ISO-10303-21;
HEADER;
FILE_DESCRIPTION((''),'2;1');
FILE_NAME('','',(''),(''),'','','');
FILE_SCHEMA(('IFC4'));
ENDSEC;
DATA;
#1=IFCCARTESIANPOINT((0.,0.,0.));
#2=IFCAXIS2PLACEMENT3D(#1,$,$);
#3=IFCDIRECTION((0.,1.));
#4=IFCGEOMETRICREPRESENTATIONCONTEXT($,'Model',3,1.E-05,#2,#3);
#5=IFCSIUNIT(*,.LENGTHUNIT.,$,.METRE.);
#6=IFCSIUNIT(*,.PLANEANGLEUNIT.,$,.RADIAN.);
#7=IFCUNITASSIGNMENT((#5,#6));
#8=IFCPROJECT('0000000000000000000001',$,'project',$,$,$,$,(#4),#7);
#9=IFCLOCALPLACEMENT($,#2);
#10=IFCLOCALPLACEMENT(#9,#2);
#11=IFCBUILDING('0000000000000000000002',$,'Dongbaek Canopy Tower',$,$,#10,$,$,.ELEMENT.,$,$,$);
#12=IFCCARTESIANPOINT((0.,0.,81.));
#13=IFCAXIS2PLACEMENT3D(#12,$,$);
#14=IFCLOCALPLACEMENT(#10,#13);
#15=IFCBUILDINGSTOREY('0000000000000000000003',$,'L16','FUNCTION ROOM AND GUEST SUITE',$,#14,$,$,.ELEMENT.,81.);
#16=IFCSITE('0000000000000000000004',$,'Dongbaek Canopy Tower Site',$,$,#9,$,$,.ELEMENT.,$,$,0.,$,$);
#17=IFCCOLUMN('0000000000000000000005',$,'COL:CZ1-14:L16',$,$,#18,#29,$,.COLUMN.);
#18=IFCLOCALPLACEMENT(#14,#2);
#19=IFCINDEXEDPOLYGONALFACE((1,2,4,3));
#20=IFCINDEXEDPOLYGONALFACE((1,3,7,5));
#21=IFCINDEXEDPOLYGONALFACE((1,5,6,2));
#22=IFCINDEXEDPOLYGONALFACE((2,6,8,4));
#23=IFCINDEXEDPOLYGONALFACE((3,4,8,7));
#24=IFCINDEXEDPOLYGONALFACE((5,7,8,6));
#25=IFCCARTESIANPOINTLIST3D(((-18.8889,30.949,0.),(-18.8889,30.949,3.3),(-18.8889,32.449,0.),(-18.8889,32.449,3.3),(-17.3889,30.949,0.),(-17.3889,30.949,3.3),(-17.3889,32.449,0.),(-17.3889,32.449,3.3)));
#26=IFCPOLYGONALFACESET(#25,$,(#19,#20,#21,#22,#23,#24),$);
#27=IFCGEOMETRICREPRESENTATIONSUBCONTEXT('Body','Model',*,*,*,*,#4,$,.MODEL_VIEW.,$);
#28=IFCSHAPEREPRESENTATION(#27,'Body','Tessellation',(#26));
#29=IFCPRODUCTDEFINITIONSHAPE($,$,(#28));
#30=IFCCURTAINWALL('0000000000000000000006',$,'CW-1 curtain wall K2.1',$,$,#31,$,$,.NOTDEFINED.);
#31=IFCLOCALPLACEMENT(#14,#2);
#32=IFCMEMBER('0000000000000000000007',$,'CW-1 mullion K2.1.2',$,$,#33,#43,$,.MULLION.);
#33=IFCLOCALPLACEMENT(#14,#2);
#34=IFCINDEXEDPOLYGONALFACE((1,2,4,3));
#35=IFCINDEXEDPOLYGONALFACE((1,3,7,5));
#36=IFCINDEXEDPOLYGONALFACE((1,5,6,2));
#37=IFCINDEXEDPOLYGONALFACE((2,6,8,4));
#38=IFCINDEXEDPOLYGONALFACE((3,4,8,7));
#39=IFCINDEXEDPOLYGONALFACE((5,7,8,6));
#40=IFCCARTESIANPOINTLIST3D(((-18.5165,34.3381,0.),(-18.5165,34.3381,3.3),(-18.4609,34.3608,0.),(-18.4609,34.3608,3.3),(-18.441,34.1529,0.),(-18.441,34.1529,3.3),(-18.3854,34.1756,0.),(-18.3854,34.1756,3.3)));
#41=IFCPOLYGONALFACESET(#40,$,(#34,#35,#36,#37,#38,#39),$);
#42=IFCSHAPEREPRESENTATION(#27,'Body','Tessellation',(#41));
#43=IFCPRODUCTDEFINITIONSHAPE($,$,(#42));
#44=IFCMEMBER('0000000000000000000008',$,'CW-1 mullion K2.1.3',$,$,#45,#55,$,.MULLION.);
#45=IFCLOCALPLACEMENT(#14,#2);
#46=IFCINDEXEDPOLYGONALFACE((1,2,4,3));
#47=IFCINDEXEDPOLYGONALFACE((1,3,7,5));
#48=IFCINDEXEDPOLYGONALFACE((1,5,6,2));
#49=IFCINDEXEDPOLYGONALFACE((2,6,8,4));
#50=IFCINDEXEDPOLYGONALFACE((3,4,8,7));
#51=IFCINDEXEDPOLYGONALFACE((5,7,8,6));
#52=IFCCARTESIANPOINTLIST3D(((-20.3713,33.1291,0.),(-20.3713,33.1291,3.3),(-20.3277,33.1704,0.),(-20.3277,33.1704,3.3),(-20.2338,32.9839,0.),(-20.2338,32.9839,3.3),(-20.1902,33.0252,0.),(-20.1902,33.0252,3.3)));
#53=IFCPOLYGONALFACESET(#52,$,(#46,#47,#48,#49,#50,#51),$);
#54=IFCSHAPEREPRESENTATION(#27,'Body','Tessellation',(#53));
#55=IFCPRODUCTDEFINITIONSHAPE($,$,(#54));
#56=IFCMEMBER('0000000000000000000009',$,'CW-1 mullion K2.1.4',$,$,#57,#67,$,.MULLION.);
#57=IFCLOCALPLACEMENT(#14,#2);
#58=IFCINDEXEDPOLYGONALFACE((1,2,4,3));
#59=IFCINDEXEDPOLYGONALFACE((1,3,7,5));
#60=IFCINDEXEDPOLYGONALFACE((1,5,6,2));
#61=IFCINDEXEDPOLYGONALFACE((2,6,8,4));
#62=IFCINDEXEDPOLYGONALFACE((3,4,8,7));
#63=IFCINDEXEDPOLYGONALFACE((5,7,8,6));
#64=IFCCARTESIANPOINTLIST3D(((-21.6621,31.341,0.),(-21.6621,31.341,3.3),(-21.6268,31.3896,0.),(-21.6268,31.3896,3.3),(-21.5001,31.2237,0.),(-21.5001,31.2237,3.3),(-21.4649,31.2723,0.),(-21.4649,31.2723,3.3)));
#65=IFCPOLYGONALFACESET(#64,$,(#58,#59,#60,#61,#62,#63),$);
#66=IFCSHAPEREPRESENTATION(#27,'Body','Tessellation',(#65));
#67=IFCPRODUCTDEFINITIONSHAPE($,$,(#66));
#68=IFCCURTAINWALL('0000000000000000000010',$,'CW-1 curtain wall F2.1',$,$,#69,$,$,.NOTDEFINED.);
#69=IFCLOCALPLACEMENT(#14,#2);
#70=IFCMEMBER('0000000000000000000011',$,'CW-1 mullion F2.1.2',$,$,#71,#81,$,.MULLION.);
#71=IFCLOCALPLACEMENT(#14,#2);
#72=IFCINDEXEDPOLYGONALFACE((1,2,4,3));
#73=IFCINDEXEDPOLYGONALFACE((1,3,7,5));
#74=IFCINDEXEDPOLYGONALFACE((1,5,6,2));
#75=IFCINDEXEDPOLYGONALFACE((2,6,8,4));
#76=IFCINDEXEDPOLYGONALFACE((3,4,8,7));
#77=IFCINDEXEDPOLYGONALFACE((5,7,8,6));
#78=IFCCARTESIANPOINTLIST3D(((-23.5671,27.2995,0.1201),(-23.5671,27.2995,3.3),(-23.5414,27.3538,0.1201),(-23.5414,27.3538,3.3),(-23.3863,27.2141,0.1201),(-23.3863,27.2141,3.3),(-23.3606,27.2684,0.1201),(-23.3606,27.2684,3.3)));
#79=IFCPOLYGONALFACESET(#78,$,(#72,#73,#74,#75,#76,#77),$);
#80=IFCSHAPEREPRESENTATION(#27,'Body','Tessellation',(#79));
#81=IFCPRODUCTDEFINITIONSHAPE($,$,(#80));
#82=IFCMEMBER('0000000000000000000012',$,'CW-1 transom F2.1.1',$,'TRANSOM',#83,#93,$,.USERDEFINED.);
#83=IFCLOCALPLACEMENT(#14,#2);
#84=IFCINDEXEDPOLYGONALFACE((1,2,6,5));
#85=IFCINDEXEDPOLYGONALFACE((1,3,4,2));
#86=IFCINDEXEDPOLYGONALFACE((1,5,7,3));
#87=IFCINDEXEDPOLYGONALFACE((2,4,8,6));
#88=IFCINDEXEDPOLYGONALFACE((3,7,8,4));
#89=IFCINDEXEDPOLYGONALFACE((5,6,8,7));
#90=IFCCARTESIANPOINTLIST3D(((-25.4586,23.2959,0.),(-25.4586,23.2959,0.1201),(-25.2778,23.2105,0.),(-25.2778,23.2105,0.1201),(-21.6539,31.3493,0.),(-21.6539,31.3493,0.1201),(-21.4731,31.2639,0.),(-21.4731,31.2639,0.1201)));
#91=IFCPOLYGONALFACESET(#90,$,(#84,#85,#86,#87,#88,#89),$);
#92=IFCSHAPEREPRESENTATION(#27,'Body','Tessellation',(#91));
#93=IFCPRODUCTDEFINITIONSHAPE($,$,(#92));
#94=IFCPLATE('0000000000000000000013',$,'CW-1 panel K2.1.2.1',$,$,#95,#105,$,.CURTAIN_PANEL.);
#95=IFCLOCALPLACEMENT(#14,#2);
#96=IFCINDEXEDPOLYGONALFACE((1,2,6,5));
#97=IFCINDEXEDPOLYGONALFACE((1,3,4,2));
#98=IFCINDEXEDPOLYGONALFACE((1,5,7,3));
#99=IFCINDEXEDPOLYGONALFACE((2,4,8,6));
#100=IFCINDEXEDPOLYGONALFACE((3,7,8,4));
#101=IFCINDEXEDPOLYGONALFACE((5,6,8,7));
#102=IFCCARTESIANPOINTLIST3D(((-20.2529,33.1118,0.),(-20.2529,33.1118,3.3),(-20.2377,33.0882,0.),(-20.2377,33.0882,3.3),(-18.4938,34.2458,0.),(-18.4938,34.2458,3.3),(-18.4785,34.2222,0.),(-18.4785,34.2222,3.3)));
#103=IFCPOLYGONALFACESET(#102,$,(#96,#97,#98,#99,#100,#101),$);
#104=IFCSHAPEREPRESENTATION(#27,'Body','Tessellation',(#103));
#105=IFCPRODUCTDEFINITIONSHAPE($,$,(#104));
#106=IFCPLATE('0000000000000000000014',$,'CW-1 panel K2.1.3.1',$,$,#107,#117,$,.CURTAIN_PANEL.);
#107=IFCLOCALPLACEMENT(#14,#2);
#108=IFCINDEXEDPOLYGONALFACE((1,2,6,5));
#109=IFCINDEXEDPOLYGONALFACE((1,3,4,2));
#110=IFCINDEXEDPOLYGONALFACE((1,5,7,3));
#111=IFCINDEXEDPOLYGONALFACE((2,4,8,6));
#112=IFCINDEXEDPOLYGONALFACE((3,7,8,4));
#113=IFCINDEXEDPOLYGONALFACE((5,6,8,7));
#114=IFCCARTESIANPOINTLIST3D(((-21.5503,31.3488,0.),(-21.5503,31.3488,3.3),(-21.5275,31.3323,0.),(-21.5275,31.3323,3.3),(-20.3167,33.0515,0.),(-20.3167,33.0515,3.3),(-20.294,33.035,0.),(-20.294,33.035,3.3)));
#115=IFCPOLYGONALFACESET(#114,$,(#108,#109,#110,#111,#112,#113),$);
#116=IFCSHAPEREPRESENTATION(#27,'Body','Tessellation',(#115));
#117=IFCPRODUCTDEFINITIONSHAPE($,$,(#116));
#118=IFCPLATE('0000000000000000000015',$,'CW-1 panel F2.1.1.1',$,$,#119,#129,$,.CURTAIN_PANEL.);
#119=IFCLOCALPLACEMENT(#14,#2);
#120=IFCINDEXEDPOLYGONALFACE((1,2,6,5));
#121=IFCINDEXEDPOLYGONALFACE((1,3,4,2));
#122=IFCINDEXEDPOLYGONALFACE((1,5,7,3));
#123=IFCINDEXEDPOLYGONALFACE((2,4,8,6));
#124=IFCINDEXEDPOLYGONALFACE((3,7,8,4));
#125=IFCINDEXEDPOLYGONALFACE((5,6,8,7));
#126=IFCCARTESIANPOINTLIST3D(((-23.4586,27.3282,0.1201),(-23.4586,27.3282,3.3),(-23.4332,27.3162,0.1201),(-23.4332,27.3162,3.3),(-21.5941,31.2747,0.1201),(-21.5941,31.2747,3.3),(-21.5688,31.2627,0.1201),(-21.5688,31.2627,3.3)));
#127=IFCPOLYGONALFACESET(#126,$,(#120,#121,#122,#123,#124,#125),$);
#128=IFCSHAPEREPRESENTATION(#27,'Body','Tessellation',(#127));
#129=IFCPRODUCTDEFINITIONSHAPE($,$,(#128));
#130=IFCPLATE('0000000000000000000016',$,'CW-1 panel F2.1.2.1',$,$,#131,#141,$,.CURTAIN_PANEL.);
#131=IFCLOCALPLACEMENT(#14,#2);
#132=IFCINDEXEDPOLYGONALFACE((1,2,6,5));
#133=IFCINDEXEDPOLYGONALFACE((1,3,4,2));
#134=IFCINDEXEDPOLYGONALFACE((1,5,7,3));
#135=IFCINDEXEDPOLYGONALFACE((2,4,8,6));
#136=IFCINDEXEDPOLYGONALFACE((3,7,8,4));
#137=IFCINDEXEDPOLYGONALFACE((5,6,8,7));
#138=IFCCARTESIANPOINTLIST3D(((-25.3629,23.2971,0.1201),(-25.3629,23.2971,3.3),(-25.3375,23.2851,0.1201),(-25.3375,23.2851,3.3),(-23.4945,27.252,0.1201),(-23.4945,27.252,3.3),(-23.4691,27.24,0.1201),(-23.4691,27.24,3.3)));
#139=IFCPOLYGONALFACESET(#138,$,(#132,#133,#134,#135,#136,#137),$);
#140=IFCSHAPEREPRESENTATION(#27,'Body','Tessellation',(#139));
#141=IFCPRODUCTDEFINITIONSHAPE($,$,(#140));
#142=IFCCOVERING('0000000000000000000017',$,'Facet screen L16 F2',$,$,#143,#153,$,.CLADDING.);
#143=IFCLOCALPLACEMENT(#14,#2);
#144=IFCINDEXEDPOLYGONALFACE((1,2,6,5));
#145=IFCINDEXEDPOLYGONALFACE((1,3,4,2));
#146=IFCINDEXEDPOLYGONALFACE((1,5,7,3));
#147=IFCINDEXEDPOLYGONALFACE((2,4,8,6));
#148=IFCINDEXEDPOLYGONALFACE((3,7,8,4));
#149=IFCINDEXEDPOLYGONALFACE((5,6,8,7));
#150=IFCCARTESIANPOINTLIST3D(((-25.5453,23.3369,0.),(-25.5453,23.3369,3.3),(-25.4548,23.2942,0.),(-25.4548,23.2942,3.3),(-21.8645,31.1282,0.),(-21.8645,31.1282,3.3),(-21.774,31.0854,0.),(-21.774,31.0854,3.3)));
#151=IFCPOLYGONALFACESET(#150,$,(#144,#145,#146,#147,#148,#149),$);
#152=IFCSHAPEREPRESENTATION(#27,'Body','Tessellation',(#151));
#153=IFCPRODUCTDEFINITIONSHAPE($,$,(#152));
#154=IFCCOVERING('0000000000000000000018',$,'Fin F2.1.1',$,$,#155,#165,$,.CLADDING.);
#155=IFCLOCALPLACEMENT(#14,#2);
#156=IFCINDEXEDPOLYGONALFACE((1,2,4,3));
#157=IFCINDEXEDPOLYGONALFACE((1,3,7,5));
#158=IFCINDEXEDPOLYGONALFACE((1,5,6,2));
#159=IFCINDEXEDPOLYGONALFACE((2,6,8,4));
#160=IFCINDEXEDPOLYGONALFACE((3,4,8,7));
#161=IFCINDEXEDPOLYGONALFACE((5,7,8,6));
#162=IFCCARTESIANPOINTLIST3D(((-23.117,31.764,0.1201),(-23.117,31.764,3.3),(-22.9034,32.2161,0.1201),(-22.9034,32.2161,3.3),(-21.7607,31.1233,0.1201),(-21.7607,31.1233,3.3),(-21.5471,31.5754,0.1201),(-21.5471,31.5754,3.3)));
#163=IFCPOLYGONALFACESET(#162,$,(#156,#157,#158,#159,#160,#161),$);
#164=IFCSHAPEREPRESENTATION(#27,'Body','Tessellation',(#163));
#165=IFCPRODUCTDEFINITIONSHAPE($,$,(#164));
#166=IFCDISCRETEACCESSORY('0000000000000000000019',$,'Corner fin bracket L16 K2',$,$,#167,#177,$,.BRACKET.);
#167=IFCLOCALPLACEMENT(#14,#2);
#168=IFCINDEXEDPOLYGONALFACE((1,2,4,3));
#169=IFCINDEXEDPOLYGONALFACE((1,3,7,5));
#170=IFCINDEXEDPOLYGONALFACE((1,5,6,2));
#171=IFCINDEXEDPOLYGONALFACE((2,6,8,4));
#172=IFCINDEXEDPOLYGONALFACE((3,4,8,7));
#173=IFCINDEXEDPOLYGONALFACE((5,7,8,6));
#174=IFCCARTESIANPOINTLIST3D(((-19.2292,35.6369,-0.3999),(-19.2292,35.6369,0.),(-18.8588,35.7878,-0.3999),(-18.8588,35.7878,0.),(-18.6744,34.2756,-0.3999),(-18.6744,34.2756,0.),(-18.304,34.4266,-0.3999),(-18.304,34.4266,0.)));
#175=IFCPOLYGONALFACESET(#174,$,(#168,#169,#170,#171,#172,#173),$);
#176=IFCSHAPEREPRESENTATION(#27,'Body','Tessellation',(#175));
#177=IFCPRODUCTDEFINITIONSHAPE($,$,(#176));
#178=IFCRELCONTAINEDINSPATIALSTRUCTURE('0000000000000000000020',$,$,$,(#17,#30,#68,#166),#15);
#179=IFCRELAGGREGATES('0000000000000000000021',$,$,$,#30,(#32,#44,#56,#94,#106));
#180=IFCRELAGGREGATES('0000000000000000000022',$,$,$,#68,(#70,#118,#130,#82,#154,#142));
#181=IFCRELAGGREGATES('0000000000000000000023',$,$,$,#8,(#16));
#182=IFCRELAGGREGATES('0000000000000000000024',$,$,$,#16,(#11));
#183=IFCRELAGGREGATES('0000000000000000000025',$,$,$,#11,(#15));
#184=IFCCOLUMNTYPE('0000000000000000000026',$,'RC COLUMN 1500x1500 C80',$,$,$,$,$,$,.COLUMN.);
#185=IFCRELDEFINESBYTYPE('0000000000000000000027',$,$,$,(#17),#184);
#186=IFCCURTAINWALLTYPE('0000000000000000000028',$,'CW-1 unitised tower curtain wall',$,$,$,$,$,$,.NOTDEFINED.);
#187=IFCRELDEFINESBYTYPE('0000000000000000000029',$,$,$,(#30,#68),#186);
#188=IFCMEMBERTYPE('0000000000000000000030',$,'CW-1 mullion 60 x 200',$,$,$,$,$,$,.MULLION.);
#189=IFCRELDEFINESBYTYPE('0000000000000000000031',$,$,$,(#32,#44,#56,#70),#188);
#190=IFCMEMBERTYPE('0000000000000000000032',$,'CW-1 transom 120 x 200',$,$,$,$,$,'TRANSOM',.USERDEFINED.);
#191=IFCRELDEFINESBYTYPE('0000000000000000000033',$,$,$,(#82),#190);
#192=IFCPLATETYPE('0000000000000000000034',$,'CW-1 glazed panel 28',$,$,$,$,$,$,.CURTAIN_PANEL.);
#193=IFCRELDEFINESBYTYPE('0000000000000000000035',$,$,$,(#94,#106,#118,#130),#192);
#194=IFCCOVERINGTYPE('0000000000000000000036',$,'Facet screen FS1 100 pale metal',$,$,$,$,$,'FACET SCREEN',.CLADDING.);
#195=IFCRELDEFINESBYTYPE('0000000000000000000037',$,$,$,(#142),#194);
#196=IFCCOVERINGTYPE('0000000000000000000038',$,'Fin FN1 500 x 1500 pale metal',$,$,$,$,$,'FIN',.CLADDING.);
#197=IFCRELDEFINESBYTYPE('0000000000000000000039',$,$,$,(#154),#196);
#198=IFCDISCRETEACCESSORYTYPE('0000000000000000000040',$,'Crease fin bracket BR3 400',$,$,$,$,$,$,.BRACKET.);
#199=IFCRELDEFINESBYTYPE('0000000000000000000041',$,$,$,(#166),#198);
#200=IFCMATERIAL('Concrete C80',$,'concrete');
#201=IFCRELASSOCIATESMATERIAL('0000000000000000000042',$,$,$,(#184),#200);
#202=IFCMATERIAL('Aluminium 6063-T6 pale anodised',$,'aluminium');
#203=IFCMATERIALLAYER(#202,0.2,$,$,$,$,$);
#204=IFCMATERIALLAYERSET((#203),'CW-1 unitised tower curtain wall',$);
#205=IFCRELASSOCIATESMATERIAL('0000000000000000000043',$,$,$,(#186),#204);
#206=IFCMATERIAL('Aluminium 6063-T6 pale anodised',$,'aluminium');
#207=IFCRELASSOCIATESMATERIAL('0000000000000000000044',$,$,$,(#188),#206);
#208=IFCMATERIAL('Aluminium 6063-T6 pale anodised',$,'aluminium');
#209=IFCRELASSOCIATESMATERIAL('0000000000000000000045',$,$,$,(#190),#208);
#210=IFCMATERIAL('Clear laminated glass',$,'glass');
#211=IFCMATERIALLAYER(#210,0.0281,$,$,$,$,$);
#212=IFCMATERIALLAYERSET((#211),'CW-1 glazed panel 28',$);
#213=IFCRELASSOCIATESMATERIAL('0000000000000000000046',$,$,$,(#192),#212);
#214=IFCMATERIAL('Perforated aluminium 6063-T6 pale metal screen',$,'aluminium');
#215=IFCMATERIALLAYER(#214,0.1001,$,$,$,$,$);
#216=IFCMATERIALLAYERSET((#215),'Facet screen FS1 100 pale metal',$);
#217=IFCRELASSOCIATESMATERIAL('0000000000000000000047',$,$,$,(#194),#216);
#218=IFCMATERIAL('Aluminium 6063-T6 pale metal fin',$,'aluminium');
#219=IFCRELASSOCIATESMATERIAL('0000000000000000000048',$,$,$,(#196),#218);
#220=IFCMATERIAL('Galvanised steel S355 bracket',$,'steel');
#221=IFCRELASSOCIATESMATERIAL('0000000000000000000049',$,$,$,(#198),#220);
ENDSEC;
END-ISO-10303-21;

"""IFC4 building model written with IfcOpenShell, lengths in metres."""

from ifc_helpers import new_model, si_unit, direction, frame, origin, origin_2d, place, context, subcontext, project, spatial, rectangle, extrude, material, layer, layer_set, material_profile, profile_set, type_object, element, aggregate, save


model = new_model("IFC4")

# Units and contexts
model_context = context("Model", 3, precision=1e-05, world=origin(), true_north=direction((0.0, 1.0)))
body_context = subcontext(model_context, "Body", "Model", "MODEL_VIEW")
ifc_project = project(units=[si_unit("LENGTHUNIT", "METRE"), si_unit("PLANEANGLEUNIT", "RADIAN")], contexts=[model_context])

# Site, building, storey
site_placement = place(None, origin())
site = spatial("IfcSite", under=ifc_project, at=site_placement, Name="Dongbaek Canopy Tower Site", CompositionType="ELEMENT", RefElevation=0.0)
building_placement = place(site_placement, origin())
building = spatial("IfcBuilding", under=site, at=building_placement, Name="Dongbaek Canopy Tower", CompositionType="ELEMENT")
storey_placement = place(building_placement, frame((0.0, 0.0, 81.0)))
storey = spatial("IfcBuildingStorey", under=building, at=storey_placement, Name="L16", Description="FUNCTION ROOM AND GUEST SUITE", CompositionType="ELEMENT", Elevation=81.0)

# Column
ifc_material_1 = material(Name="Concrete C80", Category="concrete")
ifc_material_profile_1 = material_profile(ifc_material_1, rectangle(XDim=1.5, YDim=1.5, at=origin_2d()), Name="RC COLUMN 1500x1500 C80")
ifc_profile_set_1 = profile_set([ifc_material_profile_1], Name="Concrete C80")
column_type = type_object("IfcColumnType", Name="RC COLUMN 1500x1500 C80", PredefinedType="COLUMN", material=ifc_profile_set_1)
column_placement = place(storey_placement, frame((-18.1389, 31.699, 0.0), z_axis=(0.0, 0.0, 1.0), x_axis=(1.0, 0.0, 0.0)))
element("IfcColumn", 1, at=column_placement, inside=storey, type_object=column_type, Name="COL:CZ1-14:L16", PredefinedType="COLUMN", context=body_context, shape_type="SweptSolid", body=[
    extrude(rectangle(XDim=1.5, YDim=1.5, at=origin_2d()), origin(), (0.0, 0.0, 1.0), 3.3),
])

# Curtain walls, members
ifc_material_2 = material(Name="Aluminium 6063-T6 pale anodised", Category="aluminium")
ifc_layer_1 = layer(ifc_material_2, 0.2)
ifc_layer_set_1 = layer_set([ifc_layer_1], Name="CW-1 unitised tower curtain wall")
curtain_wall_type = type_object("IfcCurtainWallType", Name="CW-1 unitised tower curtain wall", PredefinedType="NOTDEFINED", material=ifc_layer_set_1)
curtain_wall_1_placement = place(storey_placement, origin())
curtain_wall_1 = element("IfcCurtainWall", 2, at=curtain_wall_1_placement, inside=storey, type_object=curtain_wall_type, Name="CW-1 curtain wall K2.1", PredefinedType="NOTDEFINED")
ifc_material_3 = material(Name="Aluminium 6063-T6 pale anodised", Category="aluminium")
ifc_material_profile_2 = material_profile(ifc_material_3, rectangle(XDim=0.2, YDim=0.0601, at=origin_2d()), Name="CW-1 mullion 60 x 200")
ifc_profile_set_2 = profile_set([ifc_material_profile_2], Name="Aluminium 6063-T6 pale anodised")
member_type_1 = type_object("IfcMemberType", Name="CW-1 mullion 60 x 200", PredefinedType="MULLION", material=ifc_profile_set_2)
member_1_placement = place(storey_placement, frame((-18.4509, 34.2568, 0.0), z_axis=(0.0, 0.0, 1.0), x_axis=(-0.377412, 0.926045, 0.0)))
member_1 = element("IfcMember", 3, at=member_1_placement, type_object=member_type_1, Name="CW-1 mullion K2.1.2", PredefinedType="MULLION", context=body_context, shape_type="SweptSolid", body=[
    extrude(rectangle(XDim=0.2, YDim=0.0601, at=origin_2d()), origin(), (0.0, 0.0, 1.0), 3.3),
])
member_2_placement = place(storey_placement, frame((-20.2808, 33.0771, 0.0), z_axis=(0.0, 0.0, 1.0), x_axis=(-0.687634, 0.726058, 0.0)))
member_2 = element("IfcMember", 4, at=member_2_placement, type_object=member_type_1, Name="CW-1 mullion K2.1.3", PredefinedType="MULLION", context=body_context, shape_type="SweptSolid", body=[
    extrude(rectangle(XDim=0.2, YDim=0.0601, at=origin_2d()), origin(), (0.0, 0.0, 1.0), 3.3),
])
member_3_placement = place(storey_placement, frame((-21.5635, 31.3066, 0.0), z_axis=(0.0, 0.0, 1.0), x_axis=(-0.809815, 0.586685, 0.0)))
member_3 = element("IfcMember", 5, at=member_3_placement, type_object=member_type_1, Name="CW-1 mullion K2.1.4", PredefinedType="MULLION", context=body_context, shape_type="SweptSolid", body=[
    extrude(rectangle(XDim=0.2, YDim=0.0601, at=origin_2d()), origin(), (0.0, 0.0, 1.0), 3.3),
])
curtain_wall_2_placement = place(storey_placement, origin())
curtain_wall_2 = element("IfcCurtainWall", 6, at=curtain_wall_2_placement, inside=storey, type_object=curtain_wall_type, Name="CW-1 curtain wall F2.1", PredefinedType="NOTDEFINED")
member_4_placement = place(storey_placement, frame((-23.4639, 27.2839, 0.1201), z_axis=(0.0, 0.0, 1.0), x_axis=(-0.904177, 0.427157, 0.0)))
member_4 = element("IfcMember", 7, at=member_4_placement, type_object=member_type_1, Name="CW-1 mullion F2.1.2", PredefinedType="MULLION", context=body_context, shape_type="SweptSolid", body=[
    extrude(rectangle(XDim=0.2, YDim=0.0601, at=origin_2d()), origin(), (0.0, 0.0, 1.0), 3.1799),
])
ifc_material_4 = material(Name="Aluminium 6063-T6 pale anodised", Category="aluminium")
ifc_material_profile_3 = material_profile(ifc_material_4, rectangle(XDim=0.2, YDim=0.1201, at=origin_2d()), Name="CW-1 transom 120 x 200")
ifc_profile_set_3 = profile_set([ifc_material_profile_3], Name="Aluminium 6063-T6 pale anodised")
member_type_2 = type_object("IfcMemberType", Name="CW-1 transom 120 x 200", ElementType="TRANSOM", PredefinedType="USERDEFINED", material=ifc_profile_set_3)
member_5_placement = place(storey_placement, frame((-21.5635, 31.3066, 0.0601), z_axis=(-0.427159, -0.904177, 0.0), x_axis=(0.904177, -0.427159, 0.0)))
member_5 = element("IfcMember", 8, at=member_5_placement, type_object=member_type_2, Name="CW-1 transom F2.1.1", ObjectType="TRANSOM", PredefinedType="USERDEFINED", context=body_context, shape_type="SweptSolid", body=[
    extrude(rectangle(XDim=0.2, YDim=0.1201, at=origin_2d()), origin(), (0.0, 0.0, 1.0), 8.907),
])

# Plates
ifc_material_5 = material(Name="Clear laminated glass", Category="glass")
ifc_layer_2 = layer(ifc_material_5, 0.0281)
ifc_layer_set_2 = layer_set([ifc_layer_2], Name="CW-1 glazed panel 28")
plate_type = type_object("IfcPlateType", Name="CW-1 glazed panel 28", PredefinedType="CURTAIN_PANEL", material=ifc_layer_set_2)
plate_1_placement = place(storey_placement, frame((-19.3657, 33.667, 0.0), z_axis=(0.0, 0.0, 1.0), x_axis=(-0.840488, -0.54183, 0.0)))
plate_1 = element("IfcPlate", 9, at=plate_1_placement, type_object=plate_type, Name="CW-1 panel K2.1.2.1", PredefinedType="CURTAIN_PANEL", context=body_context, shape_type="SweptSolid", body=[
    extrude(rectangle(XDim=2.093, YDim=0.0281, at=origin_2d()), origin(), (0.0, 0.0, 1.0), 3.3),
])
plate_2_placement = place(storey_placement, frame((-20.9221, 32.1919, 0.0), z_axis=(0.0, 0.0, 1.0), x_axis=(-0.586685, -0.809815, 0.0)))
plate_2 = element("IfcPlate", 10, at=plate_2_placement, type_object=plate_type, Name="CW-1 panel K2.1.3.1", PredefinedType="CURTAIN_PANEL", context=body_context, shape_type="SweptSolid", body=[
    extrude(rectangle(XDim=2.1025, YDim=0.0281, at=origin_2d()), origin(), (0.0, 0.0, 1.0), 3.3),
])
aggregate(curtain_wall_1, [member_1, member_2, member_3, plate_1, plate_2])
plate_3_placement = place(storey_placement, frame((-22.5137, 29.2954, 0.1201), z_axis=(0.0, 0.0, 1.0), x_axis=(-0.427157, -0.904177, 0.0)))
plate_3 = element("IfcPlate", 11, at=plate_3_placement, type_object=plate_type, Name="CW-1 panel F2.1.1.1", PredefinedType="CURTAIN_PANEL", context=body_context, shape_type="SweptSolid", body=[
    extrude(rectangle(XDim=4.3647, YDim=0.0281, at=origin_2d()), origin(), (0.0, 0.0, 1.0), 3.1799),
])
plate_4_placement = place(storey_placement, frame((-24.416, 25.2686, 0.1201), z_axis=(0.0, 0.0, 1.0), x_axis=(-0.427157, -0.904177, 0.0)))
plate_4 = element("IfcPlate", 12, at=plate_4_placement, type_object=plate_type, Name="CW-1 panel F2.1.2.1", PredefinedType="CURTAIN_PANEL", context=body_context, shape_type="SweptSolid", body=[
    extrude(rectangle(XDim=4.374, YDim=0.0281, at=origin_2d()), origin(), (0.0, 0.0, 1.0), 3.1799),
])

# Coverings
ifc_material_6 = material(Name="Perforated aluminium 6063-T6 pale metal screen", Category="aluminium")
ifc_layer_3 = layer(ifc_material_6, 0.1001)
ifc_layer_set_3 = layer_set([ifc_layer_3], Name="Facet screen FS1 100 pale metal")
covering_type_1 = type_object("IfcCoveringType", Name="Facet screen FS1 100 pale metal", ElementType="FACET SCREEN", PredefinedType="CLADDING", material=ifc_layer_set_3)
covering_1_placement = place(storey_placement, frame((-23.6597, 27.2112, 0.0), z_axis=(0.0, 0.0, 1.0), x_axis=(-0.427157, -0.904177, 0.0)))
covering_1 = element("IfcCovering", 13, at=covering_1_placement, type_object=covering_type_1, Name="Facet screen L16 F2", PredefinedType="CLADDING", context=body_context, shape_type="SweptSolid", body=[
    extrude(rectangle(XDim=8.6169, YDim=0.1001, at=origin_2d()), origin(), (0.0, 0.0, 1.0), 3.3),
])
ifc_material_7 = material(Name="Aluminium 6063-T6 pale metal fin", Category="aluminium")
ifc_material_profile_4 = material_profile(ifc_material_7, rectangle(XDim=1.5, YDim=0.5, at=origin_2d()), Name="Fin FN1 500 x 1500 pale metal")
ifc_profile_set_4 = profile_set([ifc_material_profile_4], Name="Aluminium 6063-T6 pale metal fin")
covering_type_2 = type_object("IfcCoveringType", Name="Fin FN1 500 x 1500 pale metal", ElementType="FIN", PredefinedType="CLADDING", material=ifc_profile_set_4)
covering_2_placement = place(storey_placement, frame((-22.332, 31.6697, 0.1201), z_axis=(0.0, 0.0, 1.0), x_axis=(-0.904177, 0.427157, 0.0)))
covering_2 = element("IfcCovering", 14, at=covering_2_placement, type_object=covering_type_2, Name="Fin F2.1.1", PredefinedType="CLADDING", context=body_context, shape_type="SweptSolid", body=[
    extrude(rectangle(XDim=1.5, YDim=0.5, at=origin_2d()), origin(), (0.0, 0.0, 1.0), 3.1799),
])
aggregate(curtain_wall_2, [member_4, plate_3, plate_4, member_5, covering_2, covering_1])

# Discrete accessory
ifc_material_8 = material(Name="Galvanised steel S355 bracket", Category="steel")
discrete_accessory_type = type_object("IfcDiscreteAccessoryType", Name="Crease fin bracket BR3 400", PredefinedType="BRACKET", material=ifc_material_8)
discrete_accessory_placement = place(storey_placement, frame((-18.7666, 35.0317, -0.3999), z_axis=(0.0, 0.0, 1.0), x_axis=(-0.377413, 0.926045, 0.0)))
element("IfcDiscreteAccessory", 15, at=discrete_accessory_placement, inside=storey, type_object=discrete_accessory_type, Name="Corner fin bracket L16 K2", PredefinedType="BRACKET", context=body_context, shape_type="SweptSolid", body=[
    extrude(rectangle(XDim=1.47, YDim=0.3999, at=origin_2d()), origin(), (0.0, 0.0, 1.0), 0.3999),
])

save(model, "model.ifc")
